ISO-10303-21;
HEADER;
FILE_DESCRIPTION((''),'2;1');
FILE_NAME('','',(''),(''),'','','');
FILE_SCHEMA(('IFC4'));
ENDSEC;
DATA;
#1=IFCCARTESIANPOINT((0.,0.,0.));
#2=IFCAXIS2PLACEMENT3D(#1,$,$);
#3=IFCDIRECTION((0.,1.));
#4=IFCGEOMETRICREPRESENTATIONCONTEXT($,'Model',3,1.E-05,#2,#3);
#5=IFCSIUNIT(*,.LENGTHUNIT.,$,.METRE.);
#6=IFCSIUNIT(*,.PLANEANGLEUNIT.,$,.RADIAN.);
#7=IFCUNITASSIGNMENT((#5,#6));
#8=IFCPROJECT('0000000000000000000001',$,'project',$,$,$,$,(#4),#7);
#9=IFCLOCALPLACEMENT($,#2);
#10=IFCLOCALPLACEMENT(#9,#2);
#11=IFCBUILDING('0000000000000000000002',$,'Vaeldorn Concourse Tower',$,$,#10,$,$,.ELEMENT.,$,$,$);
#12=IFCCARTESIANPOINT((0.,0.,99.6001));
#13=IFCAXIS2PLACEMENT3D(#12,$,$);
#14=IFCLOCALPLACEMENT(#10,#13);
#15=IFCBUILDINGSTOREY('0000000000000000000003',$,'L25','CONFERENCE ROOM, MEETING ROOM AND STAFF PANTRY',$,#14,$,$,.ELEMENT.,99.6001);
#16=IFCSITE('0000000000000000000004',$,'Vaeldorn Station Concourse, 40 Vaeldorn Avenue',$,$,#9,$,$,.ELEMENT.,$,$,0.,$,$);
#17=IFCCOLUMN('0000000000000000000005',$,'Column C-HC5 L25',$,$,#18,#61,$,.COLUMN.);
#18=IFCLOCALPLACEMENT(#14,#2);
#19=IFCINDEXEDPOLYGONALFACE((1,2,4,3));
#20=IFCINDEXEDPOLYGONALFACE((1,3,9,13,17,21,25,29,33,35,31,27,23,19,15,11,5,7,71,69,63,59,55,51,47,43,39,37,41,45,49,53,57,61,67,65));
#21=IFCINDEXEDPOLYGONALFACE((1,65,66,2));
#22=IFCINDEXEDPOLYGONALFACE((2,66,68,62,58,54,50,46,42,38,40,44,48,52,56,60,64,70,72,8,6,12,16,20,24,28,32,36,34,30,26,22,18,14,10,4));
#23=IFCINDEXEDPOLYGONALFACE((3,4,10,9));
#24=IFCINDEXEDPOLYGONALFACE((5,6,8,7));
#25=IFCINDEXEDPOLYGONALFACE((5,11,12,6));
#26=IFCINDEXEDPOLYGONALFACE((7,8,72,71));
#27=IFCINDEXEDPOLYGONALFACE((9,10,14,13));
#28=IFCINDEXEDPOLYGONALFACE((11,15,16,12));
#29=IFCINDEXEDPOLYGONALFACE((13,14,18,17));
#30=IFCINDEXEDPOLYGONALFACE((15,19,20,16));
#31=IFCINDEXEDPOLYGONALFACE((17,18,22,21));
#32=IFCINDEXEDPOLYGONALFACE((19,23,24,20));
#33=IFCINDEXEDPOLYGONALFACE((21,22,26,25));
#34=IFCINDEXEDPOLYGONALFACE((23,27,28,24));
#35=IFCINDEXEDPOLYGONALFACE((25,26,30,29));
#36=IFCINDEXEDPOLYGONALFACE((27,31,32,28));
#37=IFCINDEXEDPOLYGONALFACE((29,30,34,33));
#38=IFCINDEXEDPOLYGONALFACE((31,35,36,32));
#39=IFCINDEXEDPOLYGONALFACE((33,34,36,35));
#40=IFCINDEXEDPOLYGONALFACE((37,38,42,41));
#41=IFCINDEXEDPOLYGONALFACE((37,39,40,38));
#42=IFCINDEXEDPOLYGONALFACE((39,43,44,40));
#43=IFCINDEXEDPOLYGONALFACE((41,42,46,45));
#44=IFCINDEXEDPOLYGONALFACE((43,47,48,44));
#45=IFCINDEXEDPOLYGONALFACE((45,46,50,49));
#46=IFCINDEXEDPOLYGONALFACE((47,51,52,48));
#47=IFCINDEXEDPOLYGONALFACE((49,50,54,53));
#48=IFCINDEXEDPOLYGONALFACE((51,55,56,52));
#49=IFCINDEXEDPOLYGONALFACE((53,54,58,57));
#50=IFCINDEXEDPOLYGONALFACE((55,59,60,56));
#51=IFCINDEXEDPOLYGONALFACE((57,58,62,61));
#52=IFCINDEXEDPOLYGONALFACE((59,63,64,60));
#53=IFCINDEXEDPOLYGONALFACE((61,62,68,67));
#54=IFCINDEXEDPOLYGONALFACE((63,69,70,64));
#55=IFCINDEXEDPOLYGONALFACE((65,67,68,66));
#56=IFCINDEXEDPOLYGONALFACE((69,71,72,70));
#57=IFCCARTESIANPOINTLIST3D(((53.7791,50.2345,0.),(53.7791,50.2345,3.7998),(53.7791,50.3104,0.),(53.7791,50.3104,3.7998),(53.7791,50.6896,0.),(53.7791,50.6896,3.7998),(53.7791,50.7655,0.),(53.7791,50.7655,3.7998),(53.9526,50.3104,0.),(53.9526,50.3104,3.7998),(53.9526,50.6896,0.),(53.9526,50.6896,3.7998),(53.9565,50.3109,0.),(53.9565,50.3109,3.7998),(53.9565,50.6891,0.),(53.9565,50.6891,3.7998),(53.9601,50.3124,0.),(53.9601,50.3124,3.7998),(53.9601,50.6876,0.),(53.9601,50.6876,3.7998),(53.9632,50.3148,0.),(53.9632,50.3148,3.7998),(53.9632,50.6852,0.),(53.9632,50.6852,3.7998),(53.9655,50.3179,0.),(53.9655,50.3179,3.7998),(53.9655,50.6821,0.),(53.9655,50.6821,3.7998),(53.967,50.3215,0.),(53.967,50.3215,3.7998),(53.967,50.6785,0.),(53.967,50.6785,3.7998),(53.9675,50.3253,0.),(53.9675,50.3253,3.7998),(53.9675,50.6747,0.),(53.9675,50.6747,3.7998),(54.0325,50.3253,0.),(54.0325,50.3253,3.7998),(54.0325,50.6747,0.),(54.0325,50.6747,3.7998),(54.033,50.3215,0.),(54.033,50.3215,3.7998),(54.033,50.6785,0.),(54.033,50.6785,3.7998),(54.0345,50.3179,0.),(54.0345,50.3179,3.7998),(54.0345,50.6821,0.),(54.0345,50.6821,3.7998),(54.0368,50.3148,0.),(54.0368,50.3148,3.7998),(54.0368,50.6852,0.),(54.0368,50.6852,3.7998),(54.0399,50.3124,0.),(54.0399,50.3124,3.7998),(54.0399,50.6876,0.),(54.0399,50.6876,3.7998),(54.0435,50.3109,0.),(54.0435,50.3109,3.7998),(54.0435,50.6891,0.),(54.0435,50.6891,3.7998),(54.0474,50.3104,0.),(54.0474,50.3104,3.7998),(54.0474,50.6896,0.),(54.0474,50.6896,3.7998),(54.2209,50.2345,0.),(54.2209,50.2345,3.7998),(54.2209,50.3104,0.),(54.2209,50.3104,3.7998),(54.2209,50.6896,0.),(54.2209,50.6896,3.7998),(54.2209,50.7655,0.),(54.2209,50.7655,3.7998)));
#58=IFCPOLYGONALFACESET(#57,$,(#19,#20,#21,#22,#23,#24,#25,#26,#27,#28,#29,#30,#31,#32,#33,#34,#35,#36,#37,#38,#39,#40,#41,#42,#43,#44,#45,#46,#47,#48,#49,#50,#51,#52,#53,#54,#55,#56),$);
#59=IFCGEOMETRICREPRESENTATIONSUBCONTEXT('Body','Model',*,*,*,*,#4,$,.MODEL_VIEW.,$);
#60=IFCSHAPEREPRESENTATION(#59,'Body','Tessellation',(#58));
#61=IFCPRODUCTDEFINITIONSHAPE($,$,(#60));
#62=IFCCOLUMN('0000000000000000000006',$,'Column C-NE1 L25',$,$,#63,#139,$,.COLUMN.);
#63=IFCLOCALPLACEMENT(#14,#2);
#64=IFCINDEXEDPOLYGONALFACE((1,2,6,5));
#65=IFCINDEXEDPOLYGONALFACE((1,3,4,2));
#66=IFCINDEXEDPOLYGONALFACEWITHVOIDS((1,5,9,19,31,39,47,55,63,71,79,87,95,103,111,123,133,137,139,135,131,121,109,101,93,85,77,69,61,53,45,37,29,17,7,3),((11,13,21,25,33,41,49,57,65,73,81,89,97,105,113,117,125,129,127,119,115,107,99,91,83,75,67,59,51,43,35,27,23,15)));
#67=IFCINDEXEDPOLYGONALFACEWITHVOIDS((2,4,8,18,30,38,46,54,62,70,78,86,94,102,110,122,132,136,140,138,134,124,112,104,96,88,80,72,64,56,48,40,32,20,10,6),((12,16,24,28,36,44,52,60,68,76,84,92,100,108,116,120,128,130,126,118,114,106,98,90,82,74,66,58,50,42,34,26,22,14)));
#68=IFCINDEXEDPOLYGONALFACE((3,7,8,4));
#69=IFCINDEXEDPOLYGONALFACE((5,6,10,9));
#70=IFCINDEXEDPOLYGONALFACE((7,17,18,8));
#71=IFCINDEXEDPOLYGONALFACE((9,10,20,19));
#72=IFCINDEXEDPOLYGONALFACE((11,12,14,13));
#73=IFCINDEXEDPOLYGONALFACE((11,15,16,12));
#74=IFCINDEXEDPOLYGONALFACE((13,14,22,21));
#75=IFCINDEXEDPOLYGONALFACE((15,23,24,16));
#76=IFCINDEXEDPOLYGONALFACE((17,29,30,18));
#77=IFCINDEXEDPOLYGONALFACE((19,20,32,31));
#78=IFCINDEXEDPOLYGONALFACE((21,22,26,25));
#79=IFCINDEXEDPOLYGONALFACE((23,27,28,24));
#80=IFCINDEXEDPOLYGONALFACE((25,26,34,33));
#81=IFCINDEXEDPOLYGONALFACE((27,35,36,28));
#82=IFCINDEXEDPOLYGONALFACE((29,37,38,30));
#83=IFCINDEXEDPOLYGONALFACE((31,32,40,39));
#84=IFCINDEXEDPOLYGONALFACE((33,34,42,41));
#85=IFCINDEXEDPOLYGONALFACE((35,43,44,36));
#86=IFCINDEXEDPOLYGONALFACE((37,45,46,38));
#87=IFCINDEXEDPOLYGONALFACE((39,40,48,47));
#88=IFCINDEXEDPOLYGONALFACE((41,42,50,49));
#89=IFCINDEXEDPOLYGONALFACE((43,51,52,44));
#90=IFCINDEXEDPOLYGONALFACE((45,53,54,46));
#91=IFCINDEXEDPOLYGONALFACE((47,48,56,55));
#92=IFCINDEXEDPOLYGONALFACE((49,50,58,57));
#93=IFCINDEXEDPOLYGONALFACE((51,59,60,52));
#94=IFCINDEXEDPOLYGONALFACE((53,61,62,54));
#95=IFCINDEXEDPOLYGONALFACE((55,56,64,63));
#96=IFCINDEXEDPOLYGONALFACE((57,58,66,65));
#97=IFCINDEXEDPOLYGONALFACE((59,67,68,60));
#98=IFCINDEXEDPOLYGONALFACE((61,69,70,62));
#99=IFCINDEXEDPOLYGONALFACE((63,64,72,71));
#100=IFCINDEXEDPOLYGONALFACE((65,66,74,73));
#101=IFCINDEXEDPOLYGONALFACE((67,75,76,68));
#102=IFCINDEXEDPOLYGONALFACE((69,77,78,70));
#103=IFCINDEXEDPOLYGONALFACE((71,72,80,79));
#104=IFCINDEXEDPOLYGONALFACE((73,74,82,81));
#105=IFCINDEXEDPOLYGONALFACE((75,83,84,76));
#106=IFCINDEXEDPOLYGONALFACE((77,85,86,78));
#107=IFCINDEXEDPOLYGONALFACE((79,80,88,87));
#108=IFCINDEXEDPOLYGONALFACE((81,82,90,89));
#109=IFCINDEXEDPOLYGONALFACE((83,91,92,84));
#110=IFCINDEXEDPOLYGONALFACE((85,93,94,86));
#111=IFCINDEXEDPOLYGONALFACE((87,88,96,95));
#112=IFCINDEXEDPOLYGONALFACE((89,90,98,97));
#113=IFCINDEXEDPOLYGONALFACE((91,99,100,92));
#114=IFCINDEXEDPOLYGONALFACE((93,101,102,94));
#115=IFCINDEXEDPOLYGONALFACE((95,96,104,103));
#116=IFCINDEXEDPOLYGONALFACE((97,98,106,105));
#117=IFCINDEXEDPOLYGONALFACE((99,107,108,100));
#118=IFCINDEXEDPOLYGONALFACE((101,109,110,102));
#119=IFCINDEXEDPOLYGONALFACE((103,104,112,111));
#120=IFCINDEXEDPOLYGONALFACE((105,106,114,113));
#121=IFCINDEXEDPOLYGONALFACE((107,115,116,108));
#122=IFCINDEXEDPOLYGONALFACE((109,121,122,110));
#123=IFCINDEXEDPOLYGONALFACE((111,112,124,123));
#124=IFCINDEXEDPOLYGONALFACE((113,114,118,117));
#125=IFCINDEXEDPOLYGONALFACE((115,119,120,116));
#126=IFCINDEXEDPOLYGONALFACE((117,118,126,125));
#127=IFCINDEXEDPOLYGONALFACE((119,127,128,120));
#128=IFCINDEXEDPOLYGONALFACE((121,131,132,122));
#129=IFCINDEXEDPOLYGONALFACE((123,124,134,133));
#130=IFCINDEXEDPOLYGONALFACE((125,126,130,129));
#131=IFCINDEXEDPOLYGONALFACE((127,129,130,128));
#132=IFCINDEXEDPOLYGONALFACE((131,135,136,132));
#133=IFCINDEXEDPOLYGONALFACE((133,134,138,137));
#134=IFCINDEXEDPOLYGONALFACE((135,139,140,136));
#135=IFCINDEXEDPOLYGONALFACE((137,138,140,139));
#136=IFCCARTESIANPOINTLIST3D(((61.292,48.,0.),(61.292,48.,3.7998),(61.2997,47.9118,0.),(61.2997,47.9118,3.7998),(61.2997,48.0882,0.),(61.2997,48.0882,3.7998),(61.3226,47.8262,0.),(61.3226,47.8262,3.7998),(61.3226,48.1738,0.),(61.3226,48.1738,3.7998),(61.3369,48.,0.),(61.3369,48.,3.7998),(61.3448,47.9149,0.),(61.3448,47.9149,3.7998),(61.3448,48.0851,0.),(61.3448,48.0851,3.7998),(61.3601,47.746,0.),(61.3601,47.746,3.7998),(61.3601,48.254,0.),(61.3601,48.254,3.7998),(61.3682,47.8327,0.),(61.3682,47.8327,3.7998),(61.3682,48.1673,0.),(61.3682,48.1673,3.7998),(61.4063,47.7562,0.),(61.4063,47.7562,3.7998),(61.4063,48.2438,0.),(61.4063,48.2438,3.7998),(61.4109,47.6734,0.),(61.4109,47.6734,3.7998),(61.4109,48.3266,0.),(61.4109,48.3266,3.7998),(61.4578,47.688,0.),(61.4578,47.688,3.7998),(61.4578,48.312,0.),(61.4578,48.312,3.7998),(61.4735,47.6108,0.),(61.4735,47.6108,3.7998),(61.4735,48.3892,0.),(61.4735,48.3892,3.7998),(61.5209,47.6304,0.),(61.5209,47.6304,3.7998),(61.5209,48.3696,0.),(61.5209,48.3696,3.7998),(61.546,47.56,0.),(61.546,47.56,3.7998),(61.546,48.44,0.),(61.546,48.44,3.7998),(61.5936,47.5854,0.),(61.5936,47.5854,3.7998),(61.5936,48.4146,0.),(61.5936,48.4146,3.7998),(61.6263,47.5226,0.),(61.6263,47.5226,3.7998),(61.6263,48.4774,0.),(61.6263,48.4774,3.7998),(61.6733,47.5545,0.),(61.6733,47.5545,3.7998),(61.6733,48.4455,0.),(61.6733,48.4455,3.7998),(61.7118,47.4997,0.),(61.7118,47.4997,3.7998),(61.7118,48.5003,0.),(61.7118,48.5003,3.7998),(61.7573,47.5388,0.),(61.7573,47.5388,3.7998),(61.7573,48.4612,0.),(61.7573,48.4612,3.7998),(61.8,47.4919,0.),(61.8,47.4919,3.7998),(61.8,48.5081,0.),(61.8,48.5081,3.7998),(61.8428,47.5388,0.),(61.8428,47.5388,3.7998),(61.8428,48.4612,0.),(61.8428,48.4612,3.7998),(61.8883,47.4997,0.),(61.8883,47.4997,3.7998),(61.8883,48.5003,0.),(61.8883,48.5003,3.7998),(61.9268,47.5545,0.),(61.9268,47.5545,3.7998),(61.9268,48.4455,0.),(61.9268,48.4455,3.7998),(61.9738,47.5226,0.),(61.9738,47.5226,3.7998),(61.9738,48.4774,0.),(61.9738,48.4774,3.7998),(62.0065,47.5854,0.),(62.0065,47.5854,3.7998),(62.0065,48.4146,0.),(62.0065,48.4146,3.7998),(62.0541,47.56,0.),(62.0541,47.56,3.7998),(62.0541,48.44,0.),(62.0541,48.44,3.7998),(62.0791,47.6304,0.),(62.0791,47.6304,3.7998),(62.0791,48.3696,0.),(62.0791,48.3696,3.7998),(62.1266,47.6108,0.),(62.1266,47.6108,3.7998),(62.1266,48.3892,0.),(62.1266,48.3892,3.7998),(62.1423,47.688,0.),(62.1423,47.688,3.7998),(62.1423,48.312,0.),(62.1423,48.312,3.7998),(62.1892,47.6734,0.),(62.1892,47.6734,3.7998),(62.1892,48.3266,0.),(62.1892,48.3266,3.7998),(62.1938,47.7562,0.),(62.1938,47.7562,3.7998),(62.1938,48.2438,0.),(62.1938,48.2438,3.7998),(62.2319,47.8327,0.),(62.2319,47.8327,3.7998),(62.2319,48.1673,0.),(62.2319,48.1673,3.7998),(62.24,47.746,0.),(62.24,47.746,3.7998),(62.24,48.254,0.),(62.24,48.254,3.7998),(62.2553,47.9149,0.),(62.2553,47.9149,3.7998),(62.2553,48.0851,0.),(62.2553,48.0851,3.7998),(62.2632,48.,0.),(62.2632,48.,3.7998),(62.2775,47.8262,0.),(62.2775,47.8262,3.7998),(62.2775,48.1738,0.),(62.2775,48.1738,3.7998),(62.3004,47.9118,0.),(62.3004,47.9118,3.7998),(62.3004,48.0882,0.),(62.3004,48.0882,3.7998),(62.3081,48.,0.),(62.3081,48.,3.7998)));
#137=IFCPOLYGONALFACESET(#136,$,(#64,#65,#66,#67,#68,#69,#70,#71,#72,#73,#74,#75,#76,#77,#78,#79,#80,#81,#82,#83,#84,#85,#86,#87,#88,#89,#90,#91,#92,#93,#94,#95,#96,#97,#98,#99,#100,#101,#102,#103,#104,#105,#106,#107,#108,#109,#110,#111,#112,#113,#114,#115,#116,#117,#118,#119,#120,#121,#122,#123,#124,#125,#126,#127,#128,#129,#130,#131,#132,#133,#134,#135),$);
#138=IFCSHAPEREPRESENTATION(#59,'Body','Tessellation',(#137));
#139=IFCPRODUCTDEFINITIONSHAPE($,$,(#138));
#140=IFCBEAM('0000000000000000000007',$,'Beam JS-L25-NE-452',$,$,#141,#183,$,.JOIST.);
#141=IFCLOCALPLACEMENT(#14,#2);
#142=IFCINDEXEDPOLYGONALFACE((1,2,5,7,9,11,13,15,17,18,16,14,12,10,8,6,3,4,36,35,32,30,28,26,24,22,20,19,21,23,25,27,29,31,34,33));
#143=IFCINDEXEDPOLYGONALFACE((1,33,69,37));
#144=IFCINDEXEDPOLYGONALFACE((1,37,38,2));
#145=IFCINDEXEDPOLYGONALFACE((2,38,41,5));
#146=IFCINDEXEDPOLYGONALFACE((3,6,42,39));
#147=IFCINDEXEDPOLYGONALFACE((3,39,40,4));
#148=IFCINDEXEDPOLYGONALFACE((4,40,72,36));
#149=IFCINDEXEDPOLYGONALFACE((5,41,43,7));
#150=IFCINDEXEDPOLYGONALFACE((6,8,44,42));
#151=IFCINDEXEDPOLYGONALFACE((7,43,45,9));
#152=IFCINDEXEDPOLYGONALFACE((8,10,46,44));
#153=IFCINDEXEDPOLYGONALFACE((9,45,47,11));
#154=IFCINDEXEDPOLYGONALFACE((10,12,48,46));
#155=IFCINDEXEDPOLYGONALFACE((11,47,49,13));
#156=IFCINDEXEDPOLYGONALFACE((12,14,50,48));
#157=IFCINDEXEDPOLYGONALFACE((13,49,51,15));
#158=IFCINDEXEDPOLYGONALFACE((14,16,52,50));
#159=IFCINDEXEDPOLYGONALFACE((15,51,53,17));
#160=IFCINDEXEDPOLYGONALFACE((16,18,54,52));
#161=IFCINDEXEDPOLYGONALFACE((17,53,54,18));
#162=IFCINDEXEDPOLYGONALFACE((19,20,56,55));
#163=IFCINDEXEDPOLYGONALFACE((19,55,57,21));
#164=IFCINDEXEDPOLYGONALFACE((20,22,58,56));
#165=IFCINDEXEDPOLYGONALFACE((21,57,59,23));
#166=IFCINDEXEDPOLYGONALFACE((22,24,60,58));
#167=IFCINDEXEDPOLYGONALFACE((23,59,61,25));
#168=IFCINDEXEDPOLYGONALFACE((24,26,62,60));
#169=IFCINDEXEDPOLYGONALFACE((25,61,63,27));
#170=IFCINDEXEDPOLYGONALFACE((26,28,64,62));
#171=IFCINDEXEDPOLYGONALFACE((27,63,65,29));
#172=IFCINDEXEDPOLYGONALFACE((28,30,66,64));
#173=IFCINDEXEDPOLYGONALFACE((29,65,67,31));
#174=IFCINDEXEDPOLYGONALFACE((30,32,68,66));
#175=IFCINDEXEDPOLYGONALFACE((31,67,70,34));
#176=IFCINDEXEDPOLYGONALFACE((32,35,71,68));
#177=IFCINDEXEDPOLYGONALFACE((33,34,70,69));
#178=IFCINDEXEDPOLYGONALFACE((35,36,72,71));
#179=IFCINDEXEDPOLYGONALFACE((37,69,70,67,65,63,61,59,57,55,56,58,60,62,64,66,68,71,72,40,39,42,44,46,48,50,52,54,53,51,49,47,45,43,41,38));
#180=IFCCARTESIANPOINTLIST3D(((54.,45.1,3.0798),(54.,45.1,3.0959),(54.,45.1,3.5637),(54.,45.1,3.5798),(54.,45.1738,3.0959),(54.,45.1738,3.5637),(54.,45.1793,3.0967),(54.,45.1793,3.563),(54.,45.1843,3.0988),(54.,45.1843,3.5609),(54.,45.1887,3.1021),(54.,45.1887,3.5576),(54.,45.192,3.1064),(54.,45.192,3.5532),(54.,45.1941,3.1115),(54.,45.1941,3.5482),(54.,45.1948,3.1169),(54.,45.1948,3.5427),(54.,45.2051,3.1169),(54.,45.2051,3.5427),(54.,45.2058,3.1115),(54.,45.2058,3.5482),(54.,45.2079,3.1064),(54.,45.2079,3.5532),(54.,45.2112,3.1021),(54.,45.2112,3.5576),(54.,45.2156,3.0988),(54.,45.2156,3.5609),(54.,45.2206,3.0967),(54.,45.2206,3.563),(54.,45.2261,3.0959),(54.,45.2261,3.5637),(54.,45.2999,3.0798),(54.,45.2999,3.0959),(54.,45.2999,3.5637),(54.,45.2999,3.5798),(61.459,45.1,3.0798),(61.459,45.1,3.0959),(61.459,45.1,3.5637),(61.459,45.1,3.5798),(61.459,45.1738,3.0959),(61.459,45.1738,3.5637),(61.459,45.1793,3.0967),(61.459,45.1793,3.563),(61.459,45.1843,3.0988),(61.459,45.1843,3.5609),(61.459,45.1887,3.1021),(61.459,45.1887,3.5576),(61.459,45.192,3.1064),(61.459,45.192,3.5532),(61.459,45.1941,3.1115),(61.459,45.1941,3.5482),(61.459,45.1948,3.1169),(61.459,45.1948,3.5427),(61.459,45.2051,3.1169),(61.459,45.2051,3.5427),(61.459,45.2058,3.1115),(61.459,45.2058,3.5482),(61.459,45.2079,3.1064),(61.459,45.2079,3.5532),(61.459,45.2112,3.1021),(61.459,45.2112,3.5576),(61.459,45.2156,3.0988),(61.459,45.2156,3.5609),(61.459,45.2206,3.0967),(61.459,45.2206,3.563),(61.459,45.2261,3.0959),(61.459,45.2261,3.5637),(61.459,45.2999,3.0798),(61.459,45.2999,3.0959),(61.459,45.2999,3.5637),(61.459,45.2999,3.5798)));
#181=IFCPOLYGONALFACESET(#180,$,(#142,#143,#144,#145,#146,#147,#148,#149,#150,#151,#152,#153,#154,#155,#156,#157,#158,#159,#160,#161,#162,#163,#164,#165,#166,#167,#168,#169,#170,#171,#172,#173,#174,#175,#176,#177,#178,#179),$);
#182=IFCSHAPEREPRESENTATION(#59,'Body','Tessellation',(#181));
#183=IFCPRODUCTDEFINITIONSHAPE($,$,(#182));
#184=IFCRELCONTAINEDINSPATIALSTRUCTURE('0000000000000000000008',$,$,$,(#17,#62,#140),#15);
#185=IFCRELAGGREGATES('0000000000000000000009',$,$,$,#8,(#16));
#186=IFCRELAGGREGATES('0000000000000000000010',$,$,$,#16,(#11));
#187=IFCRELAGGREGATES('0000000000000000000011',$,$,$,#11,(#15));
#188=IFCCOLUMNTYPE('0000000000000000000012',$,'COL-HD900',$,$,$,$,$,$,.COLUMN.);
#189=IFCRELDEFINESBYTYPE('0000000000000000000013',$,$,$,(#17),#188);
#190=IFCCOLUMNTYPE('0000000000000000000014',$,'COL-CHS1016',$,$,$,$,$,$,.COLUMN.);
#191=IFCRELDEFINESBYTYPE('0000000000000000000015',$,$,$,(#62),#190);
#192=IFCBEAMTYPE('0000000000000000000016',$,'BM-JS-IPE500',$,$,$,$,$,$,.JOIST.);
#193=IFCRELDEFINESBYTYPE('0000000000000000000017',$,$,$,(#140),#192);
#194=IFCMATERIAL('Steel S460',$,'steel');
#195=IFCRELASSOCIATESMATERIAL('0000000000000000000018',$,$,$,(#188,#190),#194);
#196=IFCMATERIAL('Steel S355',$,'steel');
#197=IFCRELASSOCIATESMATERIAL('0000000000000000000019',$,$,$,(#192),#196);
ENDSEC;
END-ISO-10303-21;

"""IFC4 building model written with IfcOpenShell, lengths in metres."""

from ifc_helpers import new_model, si_unit, direction, frame, origin, origin_2d, place, context, subcontext, project, spatial, hollow_circle, i_section, extrude, source, transform, mapped, material, material_profile, profile_set, type_object, element, save


model = new_model("IFC4")

# Units and contexts
model_context = context("Model", 3, precision=1e-05, world=origin(), true_north=direction((0.0, 1.0)))
body_context = subcontext(model_context, "Body", "Model", "MODEL_VIEW")
ifc_project = project(units=[si_unit("LENGTHUNIT", "METRE"), si_unit("PLANEANGLEUNIT", "RADIAN")], contexts=[model_context])

# Site, building, storey
site_placement = place(None, origin())
site = spatial("IfcSite", under=ifc_project, at=site_placement, Name="Vaeldorn Station Concourse, 40 Vaeldorn Avenue", CompositionType="ELEMENT", RefElevation=0.0)
building_placement = place(site_placement, origin())
building = spatial("IfcBuilding", under=site, at=building_placement, Name="Vaeldorn Concourse Tower", CompositionType="ELEMENT")
storey_placement = place(building_placement, frame((0.0, 0.0, 99.6001)))
storey = spatial("IfcBuildingStorey", under=building, at=storey_placement, Name="L25", Description="CONFERENCE ROOM, MEETING ROOM AND STAFF PANTRY", CompositionType="ELEMENT", Elevation=99.6001)

# Columns
ifc_material_1 = material(Name="Steel S460", Category="steel")
ifc_material_profile_1 = material_profile(ifc_material_1, i_section(OverallWidth=0.4419, OverallDepth=0.531, WebThickness=0.0649, FlangeThickness=0.0759, FilletRadius=0.0149, at=origin_2d()), Name="HD 400x900")
ifc_profile_set_1 = profile_set([ifc_material_profile_1], Name="Steel S460")
column_type_1 = type_object("IfcColumnType", Name="COL-HD900", PredefinedType="COLUMN", material=ifc_profile_set_1)
shared_shape_1 = source(origin(), body_context, "Body", "SweptSolid", [
    extrude(i_section(OverallWidth=0.4419, OverallDepth=0.531, WebThickness=0.0649, FlangeThickness=0.0759, FilletRadius=0.0149, at=origin_2d()), origin(), (0.0, 0.0, 1.0), 3.7998),
])
column_1_placement = place(storey_placement, frame((54.0, 50.5, 0.0), z_axis=(0.0, 0.0, 1.0), x_axis=(1.0, 0.0, 0.0)))
element("IfcColumn", 1, at=column_1_placement, inside=storey, type_object=column_type_1, Name="Column C-HC5 L25", PredefinedType="COLUMN", context=body_context, shape_type="MappedRepresentation", body=[
    mapped(shared_shape_1, transform((0.0, 0.0, 0.0), scale=1.0)),
])
ifc_material_profile_2 = material_profile(ifc_material_1, hollow_circle(Radius=0.5081, WallThickness=0.0449, at=origin_2d()), Name="CHS 1016x45")
ifc_profile_set_2 = profile_set([ifc_material_profile_2], Name="Steel S460")
column_type_2 = type_object("IfcColumnType", Name="COL-CHS1016", PredefinedType="COLUMN", material=ifc_profile_set_2)
shared_shape_2 = source(origin(), body_context, "Body", "SweptSolid", [
    extrude(hollow_circle(Radius=0.5081, WallThickness=0.0449, at=origin_2d()), origin(), (0.0, 0.0, 1.0), 3.7998),
])
column_2_placement = place(storey_placement, frame((61.8, 48.0, 0.0), z_axis=(0.0, 0.0, 1.0), x_axis=(1.0, 0.0, 0.0)))
element("IfcColumn", 2, at=column_2_placement, inside=storey, type_object=column_type_2, Name="Column C-NE1 L25", PredefinedType="COLUMN", context=body_context, shape_type="MappedRepresentation", body=[
    mapped(shared_shape_2, transform((0.0, 0.0, 0.0), scale=1.0)),
])

# Beam
ifc_material_2 = material(Name="Steel S355", Category="steel")
ifc_material_profile_3 = material_profile(ifc_material_2, i_section(OverallWidth=0.2, OverallDepth=0.5, WebThickness=0.0103, FlangeThickness=0.0161, FilletRadius=0.021, at=origin_2d()), Name="IPE 500")
ifc_profile_set_3 = profile_set([ifc_material_profile_3], Name="Steel S355")
beam_type_1 = type_object("IfcBeamType", Name="BM-JS-IPE500", PredefinedType="JOIST", material=ifc_profile_set_3)
shared_shape_3 = source(origin(), body_context, "Body", "SweptSolid", [
    extrude(i_section(OverallWidth=0.2, OverallDepth=0.5, WebThickness=0.0103, FlangeThickness=0.0161, FilletRadius=0.021, at=origin_2d()), origin(), (0.0, 0.0, 1.0), 7.459),
])
beam_1_placement = place(storey_placement, frame((54.0, 45.2, 3.3298), z_axis=(1.0, 0.0, 0.0), x_axis=(0.0, 1.0, 0.0)))
element("IfcBeam", 3, at=beam_1_placement, inside=storey, type_object=beam_type_1, Name="Beam JS-L25-NE-452", PredefinedType="JOIST", context=body_context, shape_type="MappedRepresentation", body=[
    mapped(shared_shape_3, transform((0.0, 0.0, 0.0), scale=1.0)),
])

save(model, "model.ifc")
